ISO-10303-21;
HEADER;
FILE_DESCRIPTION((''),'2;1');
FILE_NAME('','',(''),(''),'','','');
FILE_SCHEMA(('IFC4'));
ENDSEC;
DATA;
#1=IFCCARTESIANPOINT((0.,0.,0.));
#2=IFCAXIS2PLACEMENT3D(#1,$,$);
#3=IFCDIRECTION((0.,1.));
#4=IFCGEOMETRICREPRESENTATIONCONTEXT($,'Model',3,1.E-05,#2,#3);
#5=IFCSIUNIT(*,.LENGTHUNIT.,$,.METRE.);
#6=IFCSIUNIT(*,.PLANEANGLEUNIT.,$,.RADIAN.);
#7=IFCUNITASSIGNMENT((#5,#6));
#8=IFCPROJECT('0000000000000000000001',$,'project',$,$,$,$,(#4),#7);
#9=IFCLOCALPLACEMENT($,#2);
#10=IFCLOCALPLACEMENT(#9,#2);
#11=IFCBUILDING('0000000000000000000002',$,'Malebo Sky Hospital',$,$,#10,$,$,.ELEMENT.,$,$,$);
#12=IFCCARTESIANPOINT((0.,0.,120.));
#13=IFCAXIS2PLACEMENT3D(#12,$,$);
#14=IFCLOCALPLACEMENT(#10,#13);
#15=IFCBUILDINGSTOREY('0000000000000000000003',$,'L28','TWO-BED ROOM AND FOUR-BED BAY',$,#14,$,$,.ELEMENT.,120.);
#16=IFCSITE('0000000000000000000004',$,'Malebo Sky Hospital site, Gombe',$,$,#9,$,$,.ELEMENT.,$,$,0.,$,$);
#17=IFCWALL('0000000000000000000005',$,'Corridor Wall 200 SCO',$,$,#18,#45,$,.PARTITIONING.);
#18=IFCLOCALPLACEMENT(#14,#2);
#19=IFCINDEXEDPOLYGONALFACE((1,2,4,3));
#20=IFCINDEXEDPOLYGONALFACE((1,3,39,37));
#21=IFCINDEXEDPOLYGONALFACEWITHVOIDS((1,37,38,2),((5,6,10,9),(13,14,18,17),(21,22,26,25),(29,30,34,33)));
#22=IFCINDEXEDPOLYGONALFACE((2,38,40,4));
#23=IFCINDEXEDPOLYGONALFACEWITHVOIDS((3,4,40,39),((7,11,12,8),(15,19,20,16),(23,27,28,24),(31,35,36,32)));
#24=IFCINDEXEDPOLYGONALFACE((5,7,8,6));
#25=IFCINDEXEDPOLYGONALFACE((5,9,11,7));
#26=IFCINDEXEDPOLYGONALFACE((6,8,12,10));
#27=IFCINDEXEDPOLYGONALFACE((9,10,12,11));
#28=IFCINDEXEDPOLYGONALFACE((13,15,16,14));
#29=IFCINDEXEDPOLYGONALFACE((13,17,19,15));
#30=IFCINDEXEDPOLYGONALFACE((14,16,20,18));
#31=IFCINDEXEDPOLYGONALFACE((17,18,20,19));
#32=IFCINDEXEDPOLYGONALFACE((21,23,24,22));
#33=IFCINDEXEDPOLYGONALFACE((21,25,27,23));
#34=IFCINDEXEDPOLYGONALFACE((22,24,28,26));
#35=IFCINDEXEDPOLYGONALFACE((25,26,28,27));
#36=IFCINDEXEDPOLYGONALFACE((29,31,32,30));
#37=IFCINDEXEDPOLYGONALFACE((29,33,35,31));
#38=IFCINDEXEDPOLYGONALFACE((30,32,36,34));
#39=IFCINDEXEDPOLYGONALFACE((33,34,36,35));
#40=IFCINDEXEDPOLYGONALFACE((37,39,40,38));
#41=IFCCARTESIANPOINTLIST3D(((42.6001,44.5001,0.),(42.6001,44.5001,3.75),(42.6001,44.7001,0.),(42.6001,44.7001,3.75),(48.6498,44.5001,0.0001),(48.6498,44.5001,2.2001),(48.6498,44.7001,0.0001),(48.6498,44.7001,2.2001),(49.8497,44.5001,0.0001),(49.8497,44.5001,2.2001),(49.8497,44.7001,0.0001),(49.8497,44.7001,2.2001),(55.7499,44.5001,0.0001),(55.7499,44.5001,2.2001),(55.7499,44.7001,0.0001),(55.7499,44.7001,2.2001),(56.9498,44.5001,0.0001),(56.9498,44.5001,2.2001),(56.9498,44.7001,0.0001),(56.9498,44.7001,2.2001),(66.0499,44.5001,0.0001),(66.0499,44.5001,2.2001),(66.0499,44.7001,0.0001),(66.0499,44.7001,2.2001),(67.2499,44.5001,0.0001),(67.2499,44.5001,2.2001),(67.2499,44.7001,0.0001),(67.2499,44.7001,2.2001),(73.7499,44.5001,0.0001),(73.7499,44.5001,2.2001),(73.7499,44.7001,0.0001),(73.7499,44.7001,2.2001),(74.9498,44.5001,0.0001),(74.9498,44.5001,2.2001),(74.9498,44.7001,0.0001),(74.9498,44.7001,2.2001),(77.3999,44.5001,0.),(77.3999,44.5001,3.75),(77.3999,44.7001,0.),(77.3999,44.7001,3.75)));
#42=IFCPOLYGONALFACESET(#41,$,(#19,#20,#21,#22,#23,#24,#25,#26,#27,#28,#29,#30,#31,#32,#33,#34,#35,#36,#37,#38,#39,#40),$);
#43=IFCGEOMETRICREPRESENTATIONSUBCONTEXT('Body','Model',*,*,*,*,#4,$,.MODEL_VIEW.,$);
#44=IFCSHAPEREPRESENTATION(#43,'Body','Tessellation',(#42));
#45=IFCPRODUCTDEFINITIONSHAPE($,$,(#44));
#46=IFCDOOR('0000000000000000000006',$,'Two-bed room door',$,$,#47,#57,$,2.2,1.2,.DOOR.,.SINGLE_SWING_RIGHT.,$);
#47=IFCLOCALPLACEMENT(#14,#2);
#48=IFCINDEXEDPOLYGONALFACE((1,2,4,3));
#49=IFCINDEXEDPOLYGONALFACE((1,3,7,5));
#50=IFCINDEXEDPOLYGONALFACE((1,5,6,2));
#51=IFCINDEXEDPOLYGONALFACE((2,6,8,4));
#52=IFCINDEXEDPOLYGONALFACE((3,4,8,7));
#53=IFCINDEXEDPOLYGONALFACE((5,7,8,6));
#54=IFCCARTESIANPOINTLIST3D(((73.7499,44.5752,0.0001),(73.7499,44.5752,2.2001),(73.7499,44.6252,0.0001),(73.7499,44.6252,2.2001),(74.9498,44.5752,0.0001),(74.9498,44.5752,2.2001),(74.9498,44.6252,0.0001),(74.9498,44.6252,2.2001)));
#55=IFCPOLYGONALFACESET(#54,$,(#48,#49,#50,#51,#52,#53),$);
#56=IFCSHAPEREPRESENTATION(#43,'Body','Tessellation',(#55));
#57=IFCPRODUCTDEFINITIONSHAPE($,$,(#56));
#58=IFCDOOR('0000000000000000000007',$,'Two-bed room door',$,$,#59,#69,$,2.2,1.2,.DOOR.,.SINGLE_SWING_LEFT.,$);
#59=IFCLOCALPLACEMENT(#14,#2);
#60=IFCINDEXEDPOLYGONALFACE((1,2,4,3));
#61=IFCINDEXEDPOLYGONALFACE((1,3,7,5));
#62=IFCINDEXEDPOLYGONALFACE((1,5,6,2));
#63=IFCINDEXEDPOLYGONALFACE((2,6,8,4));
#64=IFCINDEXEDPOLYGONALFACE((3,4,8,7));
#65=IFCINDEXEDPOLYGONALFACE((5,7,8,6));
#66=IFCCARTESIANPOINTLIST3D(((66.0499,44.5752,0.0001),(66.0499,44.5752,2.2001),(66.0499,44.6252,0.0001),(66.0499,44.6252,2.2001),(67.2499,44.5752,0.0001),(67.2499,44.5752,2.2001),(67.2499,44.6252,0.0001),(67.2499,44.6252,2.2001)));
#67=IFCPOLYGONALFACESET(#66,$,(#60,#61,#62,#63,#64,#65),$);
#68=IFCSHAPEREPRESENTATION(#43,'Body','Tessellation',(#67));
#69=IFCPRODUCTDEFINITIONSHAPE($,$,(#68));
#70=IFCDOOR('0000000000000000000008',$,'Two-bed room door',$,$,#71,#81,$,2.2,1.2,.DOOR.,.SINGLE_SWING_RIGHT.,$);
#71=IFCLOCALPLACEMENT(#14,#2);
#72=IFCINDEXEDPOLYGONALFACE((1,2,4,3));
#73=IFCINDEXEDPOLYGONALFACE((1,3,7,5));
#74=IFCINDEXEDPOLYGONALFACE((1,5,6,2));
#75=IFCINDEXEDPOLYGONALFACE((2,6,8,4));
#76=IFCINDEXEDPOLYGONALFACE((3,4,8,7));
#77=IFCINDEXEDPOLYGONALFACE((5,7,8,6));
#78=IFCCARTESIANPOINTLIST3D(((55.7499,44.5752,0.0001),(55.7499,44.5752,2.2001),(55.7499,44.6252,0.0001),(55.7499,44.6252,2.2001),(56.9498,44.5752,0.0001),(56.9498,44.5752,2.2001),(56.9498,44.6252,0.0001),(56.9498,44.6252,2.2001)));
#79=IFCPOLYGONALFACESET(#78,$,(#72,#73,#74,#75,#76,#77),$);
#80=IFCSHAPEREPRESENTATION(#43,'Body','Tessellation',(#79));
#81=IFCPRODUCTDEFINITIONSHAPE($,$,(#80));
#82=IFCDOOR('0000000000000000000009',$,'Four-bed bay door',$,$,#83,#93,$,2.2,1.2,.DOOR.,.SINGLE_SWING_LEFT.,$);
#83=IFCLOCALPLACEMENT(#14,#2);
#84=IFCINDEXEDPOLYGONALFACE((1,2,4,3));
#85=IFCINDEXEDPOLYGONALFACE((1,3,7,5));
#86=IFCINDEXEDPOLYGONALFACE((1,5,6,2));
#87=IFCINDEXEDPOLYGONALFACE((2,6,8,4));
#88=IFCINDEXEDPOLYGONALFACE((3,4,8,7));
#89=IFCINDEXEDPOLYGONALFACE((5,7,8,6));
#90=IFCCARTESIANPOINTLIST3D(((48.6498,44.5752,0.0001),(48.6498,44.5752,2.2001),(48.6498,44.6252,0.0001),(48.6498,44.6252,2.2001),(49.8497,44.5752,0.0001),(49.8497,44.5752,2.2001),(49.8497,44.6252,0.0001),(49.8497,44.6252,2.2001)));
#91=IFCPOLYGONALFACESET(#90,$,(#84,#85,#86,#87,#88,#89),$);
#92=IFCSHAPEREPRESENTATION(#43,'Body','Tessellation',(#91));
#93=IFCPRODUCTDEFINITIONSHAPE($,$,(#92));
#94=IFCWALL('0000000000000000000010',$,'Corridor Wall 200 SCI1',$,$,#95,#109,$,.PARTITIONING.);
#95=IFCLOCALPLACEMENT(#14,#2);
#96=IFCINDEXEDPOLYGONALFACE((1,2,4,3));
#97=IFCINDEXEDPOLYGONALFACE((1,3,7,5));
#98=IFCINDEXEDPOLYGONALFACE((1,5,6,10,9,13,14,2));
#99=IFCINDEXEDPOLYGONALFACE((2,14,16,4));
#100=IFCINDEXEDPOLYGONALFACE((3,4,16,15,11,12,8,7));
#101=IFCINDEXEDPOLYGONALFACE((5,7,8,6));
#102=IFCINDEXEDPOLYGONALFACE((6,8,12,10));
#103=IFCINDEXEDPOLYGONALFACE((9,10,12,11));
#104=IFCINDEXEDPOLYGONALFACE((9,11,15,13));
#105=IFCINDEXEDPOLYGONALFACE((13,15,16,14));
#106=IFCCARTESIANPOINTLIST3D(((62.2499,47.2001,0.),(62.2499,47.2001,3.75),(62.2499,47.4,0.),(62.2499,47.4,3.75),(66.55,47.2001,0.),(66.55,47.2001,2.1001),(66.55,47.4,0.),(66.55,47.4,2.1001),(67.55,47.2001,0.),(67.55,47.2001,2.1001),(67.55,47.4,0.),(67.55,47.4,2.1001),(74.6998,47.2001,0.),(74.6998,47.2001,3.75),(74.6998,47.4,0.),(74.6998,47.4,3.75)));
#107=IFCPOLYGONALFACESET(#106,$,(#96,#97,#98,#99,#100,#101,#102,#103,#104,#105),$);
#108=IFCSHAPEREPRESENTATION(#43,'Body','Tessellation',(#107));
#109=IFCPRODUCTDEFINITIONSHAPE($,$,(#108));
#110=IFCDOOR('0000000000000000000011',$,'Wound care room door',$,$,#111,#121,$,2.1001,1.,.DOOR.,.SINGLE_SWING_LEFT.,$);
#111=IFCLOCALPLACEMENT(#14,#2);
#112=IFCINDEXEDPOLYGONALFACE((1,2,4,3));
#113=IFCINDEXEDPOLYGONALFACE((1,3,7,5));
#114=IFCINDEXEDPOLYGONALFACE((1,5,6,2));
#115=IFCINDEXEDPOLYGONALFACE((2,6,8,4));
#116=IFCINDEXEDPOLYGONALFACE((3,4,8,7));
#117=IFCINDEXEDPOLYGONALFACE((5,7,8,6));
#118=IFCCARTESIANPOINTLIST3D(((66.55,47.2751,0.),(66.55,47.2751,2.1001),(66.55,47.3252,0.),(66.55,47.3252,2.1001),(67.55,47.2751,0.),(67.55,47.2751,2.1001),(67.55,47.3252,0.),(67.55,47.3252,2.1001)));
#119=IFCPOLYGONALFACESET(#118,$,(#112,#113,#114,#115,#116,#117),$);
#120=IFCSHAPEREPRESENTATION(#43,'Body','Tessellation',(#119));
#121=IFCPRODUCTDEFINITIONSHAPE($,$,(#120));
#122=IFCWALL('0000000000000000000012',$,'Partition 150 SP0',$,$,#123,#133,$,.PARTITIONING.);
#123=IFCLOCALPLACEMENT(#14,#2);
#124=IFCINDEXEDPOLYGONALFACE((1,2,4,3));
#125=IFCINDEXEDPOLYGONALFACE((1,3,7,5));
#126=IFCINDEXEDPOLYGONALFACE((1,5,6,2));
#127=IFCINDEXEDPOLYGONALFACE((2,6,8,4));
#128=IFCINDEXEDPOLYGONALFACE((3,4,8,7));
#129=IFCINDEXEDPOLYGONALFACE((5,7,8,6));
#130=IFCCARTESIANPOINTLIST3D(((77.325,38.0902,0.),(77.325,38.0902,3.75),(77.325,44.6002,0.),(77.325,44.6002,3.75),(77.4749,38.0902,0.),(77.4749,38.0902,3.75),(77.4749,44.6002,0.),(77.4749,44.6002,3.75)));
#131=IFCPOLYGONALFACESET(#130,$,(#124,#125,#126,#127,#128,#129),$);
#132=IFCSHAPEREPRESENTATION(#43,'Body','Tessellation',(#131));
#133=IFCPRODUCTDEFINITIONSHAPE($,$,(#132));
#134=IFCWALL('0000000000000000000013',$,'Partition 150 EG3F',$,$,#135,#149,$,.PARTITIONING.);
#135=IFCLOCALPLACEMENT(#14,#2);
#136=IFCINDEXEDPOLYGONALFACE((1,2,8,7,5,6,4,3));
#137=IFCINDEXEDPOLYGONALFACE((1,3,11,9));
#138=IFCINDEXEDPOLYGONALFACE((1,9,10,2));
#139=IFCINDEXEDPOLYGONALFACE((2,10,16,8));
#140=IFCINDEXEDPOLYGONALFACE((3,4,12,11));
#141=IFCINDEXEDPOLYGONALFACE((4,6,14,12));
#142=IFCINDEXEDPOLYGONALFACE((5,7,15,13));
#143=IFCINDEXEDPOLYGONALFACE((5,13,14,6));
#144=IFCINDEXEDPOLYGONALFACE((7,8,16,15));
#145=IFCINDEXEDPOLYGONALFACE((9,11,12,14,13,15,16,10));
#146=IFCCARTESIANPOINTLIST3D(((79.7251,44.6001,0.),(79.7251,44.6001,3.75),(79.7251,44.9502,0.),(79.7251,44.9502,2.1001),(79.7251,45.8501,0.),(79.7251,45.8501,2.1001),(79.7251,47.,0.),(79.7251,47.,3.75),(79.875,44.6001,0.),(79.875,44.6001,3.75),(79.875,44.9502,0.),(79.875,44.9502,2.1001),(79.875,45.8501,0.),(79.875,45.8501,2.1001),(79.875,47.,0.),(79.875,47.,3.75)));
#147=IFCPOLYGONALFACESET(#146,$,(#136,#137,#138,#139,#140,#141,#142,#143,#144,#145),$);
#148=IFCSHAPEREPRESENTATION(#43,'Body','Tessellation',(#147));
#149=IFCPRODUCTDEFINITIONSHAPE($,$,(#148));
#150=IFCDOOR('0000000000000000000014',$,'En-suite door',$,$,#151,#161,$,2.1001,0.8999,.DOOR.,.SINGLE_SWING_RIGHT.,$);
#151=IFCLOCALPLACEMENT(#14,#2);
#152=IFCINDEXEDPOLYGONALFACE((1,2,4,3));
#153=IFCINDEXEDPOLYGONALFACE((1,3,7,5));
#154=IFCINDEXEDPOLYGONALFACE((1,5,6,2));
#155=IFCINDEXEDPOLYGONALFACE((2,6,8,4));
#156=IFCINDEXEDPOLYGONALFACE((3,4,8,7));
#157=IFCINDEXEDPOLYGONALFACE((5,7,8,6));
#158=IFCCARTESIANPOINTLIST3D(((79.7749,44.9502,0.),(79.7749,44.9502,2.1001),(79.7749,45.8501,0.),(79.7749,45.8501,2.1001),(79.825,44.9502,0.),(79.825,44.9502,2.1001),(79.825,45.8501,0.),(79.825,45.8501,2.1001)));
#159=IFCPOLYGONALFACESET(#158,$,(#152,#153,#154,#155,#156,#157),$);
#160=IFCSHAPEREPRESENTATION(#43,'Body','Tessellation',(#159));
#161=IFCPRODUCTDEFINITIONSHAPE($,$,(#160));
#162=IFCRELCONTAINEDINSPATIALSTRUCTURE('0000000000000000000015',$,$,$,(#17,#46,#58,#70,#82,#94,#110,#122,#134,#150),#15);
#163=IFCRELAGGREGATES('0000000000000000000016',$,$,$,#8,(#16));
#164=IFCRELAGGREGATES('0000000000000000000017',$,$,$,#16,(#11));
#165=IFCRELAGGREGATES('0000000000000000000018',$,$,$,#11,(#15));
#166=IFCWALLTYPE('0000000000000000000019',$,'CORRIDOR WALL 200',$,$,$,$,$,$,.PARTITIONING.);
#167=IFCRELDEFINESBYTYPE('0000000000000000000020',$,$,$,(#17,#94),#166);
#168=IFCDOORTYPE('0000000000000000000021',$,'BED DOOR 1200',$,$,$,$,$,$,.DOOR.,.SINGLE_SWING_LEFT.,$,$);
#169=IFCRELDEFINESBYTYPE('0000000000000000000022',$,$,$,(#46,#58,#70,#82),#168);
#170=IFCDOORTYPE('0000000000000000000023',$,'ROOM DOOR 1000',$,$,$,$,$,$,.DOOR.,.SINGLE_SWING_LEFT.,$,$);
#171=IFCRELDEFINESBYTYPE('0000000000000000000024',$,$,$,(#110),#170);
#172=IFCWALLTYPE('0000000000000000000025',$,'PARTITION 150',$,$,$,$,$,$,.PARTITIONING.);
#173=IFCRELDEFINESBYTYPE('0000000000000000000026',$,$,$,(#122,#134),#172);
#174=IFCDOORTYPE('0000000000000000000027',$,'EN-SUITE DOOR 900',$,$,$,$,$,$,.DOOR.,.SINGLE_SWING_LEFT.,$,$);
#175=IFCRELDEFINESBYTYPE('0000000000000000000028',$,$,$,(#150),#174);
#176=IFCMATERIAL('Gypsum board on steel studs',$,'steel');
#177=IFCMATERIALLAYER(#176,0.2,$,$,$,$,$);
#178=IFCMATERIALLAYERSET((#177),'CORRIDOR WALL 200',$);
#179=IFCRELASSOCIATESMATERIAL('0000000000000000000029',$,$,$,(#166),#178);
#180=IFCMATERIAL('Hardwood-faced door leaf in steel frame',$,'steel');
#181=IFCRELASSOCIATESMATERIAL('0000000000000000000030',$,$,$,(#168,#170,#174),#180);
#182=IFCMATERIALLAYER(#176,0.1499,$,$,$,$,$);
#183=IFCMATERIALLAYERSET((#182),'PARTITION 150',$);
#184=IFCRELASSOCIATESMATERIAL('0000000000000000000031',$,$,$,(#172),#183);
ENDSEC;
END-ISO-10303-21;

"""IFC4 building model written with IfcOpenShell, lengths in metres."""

from ifc_helpers import new_model, si_unit, direction, frame, frame_2d, origin, place, context, subcontext, project, spatial, rectangle, extrude, material, layer, layer_set, type_object, element, fill, save


model = new_model("IFC4")

# Units and contexts
model_context = context("Model", 3, precision=1e-05, world=origin(), true_north=direction((0.0, 1.0)))
body_context = subcontext(model_context, "Body", "Model", "MODEL_VIEW")
ifc_project = project(units=[si_unit("LENGTHUNIT", "METRE"), si_unit("PLANEANGLEUNIT", "RADIAN")], contexts=[model_context])

# Site, building, storey
site_placement = place(None, origin())
site = spatial("IfcSite", under=ifc_project, at=site_placement, Name="Malebo Sky Hospital site, Gombe", CompositionType="ELEMENT", RefElevation=0.0)
building_placement = place(site_placement, origin())
building = spatial("IfcBuilding", under=site, at=building_placement, Name="Malebo Sky Hospital", CompositionType="ELEMENT")
storey_placement = place(building_placement, frame((0.0, 0.0, 120.0)))
storey = spatial("IfcBuildingStorey", under=building, at=storey_placement, Name="L28", Description="TWO-BED ROOM AND FOUR-BED BAY", CompositionType="ELEMENT", Elevation=120.0)

# Wall, openings, doors
ifc_material_1 = material(Name="Gypsum board on steel studs", Category="steel")
ifc_layer_1 = layer(ifc_material_1, 0.2)
ifc_layer_set_1 = layer_set([ifc_layer_1], Name="CORRIDOR WALL 200")
wall_type_1 = type_object("IfcWallType", Name="CORRIDOR WALL 200", PredefinedType="PARTITIONING", material=ifc_layer_set_1)
wall_1_placement = place(storey_placement, frame((77.3999, 44.6001, 0.0), z_axis=(0.0, 0.0, 1.0), x_axis=(-1.0, 0.0, 0.0)))
wall_1 = element("IfcWall", 1, at=wall_1_placement, inside=storey, type_object=wall_type_1, Name="Corridor Wall 200 SCO", PredefinedType="PARTITIONING", context=body_context, shape_type="SweptSolid", body=[
    extrude(rectangle(XDim=34.7998, YDim=0.2, at=frame_2d((17.3999, 0.0))), origin(), (0.0, 0.0, 1.0), 3.75),
])
opening_1_placement = place(wall_1_placement, frame((2.45, 0.0, 0.0)))
opening_1 = element("IfcOpeningElement", 2, at=opening_1_placement, cuts=wall_1, PredefinedType="OPENING", context=body_context, shape_type="SweptSolid", body=[
    extrude(rectangle(XDim=1.2, YDim=2.2, at=frame_2d((0.6001, 1.1001))), frame((0.0, 0.1099, 0.0), z_axis=(0.0, -1.0, 0.0), x_axis=(1.0, 0.0, 0.0)), (0.0, 0.0, 1.0), 0.22),
])
opening_2_placement = place(wall_1_placement, frame((10.1499, 0.0, 0.0)))
opening_2 = element("IfcOpeningElement", 3, at=opening_2_placement, cuts=wall_1, PredefinedType="OPENING", context=body_context, shape_type="SweptSolid", body=[
    extrude(rectangle(XDim=1.2, YDim=2.2, at=frame_2d((0.6001, 1.1001))), frame((0.0, 0.1099, 0.0), z_axis=(0.0, -1.0, 0.0), x_axis=(1.0, 0.0, 0.0)), (0.0, 0.0, 1.0), 0.22),
])
opening_3_placement = place(wall_1_placement, frame((20.45, 0.0, 0.0)))
opening_3 = element("IfcOpeningElement", 4, at=opening_3_placement, cuts=wall_1, PredefinedType="OPENING", context=body_context, shape_type="SweptSolid", body=[
    extrude(rectangle(XDim=1.2, YDim=2.2, at=frame_2d((0.6001, 1.1001))), frame((0.0, 0.1099, 0.0), z_axis=(0.0, -1.0, 0.0), x_axis=(1.0, 0.0, 0.0)), (0.0, 0.0, 1.0), 0.22),
])
opening_4_placement = place(wall_1_placement, frame((27.55, 0.0, 0.0)))
opening_4 = element("IfcOpeningElement", 5, at=opening_4_placement, cuts=wall_1, PredefinedType="OPENING", context=body_context, shape_type="SweptSolid", body=[
    extrude(rectangle(XDim=1.2, YDim=2.2, at=frame_2d((0.6001, 1.1001))), frame((0.0, 0.1099, 0.0), z_axis=(0.0, -1.0, 0.0), x_axis=(1.0, 0.0, 0.0)), (0.0, 0.0, 1.0), 0.22),
])
ifc_material_2 = material(Name="Hardwood-faced door leaf in steel frame", Category="steel")
door_type_1 = type_object("IfcDoorType", Name="BED DOOR 1200", OperationType="SINGLE_SWING_LEFT", PredefinedType="DOOR", material=ifc_material_2)
door_1_placement = place(opening_1_placement, origin())
door_1 = element("IfcDoor", 6, at=door_1_placement, inside=storey, type_object=door_type_1, Name="Two-bed room door", OperationType="SINGLE_SWING_RIGHT", OverallHeight=2.2, OverallWidth=1.2, PredefinedType="DOOR", context=body_context, shape_type="SweptSolid", body=[
    extrude(rectangle(XDim=1.2, YDim=2.2, at=frame_2d((0.6001, 1.1001))), frame((0.0, 0.0249, 0.0), z_axis=(0.0, -1.0, 0.0), x_axis=(1.0, 0.0, 0.0)), (0.0, 0.0, 1.0), 0.05),
])
fill(opening_1, door_1)
door_2_placement = place(opening_2_placement, origin())
door_2 = element("IfcDoor", 7, at=door_2_placement, inside=storey, type_object=door_type_1, Name="Two-bed room door", OperationType="SINGLE_SWING_LEFT", OverallHeight=2.2, OverallWidth=1.2, PredefinedType="DOOR", context=body_context, shape_type="SweptSolid", body=[
    extrude(rectangle(XDim=1.2, YDim=2.2, at=frame_2d((0.6001, 1.1001))), frame((0.0, 0.0249, 0.0), z_axis=(0.0, -1.0, 0.0), x_axis=(1.0, 0.0, 0.0)), (0.0, 0.0, 1.0), 0.05),
])
fill(opening_2, door_2)
door_3_placement = place(opening_3_placement, origin())
door_3 = element("IfcDoor", 8, at=door_3_placement, inside=storey, type_object=door_type_1, Name="Two-bed room door", OperationType="SINGLE_SWING_RIGHT", OverallHeight=2.2, OverallWidth=1.2, PredefinedType="DOOR", context=body_context, shape_type="SweptSolid", body=[
    extrude(rectangle(XDim=1.2, YDim=2.2, at=frame_2d((0.6001, 1.1001))), frame((0.0, 0.0249, 0.0), z_axis=(0.0, -1.0, 0.0), x_axis=(1.0, 0.0, 0.0)), (0.0, 0.0, 1.0), 0.05),
])
fill(opening_3, door_3)
door_4_placement = place(opening_4_placement, origin())
door_4 = element("IfcDoor", 9, at=door_4_placement, inside=storey, type_object=door_type_1, Name="Four-bed bay door", OperationType="SINGLE_SWING_LEFT", OverallHeight=2.2, OverallWidth=1.2, PredefinedType="DOOR", context=body_context, shape_type="SweptSolid", body=[
    extrude(rectangle(XDim=1.2, YDim=2.2, at=frame_2d((0.6001, 1.1001))), frame((0.0, 0.0249, 0.0), z_axis=(0.0, -1.0, 0.0), x_axis=(1.0, 0.0, 0.0)), (0.0, 0.0, 1.0), 0.05),
])
fill(opening_4, door_4)

# Wall, opening, door
wall_2_placement = place(storey_placement, frame((74.7, 47.3, 0.0), z_axis=(0.0, 0.0, 1.0), x_axis=(-1.0, 0.0, 0.0)))
wall_2 = element("IfcWall", 10, at=wall_2_placement, inside=storey, type_object=wall_type_1, Name="Corridor Wall 200 SCI1", PredefinedType="PARTITIONING", context=body_context, shape_type="SweptSolid", body=[
    extrude(rectangle(XDim=12.45, YDim=0.2, at=frame_2d((6.2251, 0.0))), origin(), (0.0, 0.0, 1.0), 3.75),
])
opening_5_placement = place(wall_2_placement, frame((7.1499, 0.0, 0.0)))
opening_5 = element("IfcOpeningElement", 11, at=opening_5_placement, cuts=wall_2, PredefinedType="OPENING", context=body_context, shape_type="SweptSolid", body=[
    extrude(rectangle(XDim=1.0, YDim=2.1001, at=frame_2d((0.5, 1.05))), frame((0.0, 0.1099, 0.0), z_axis=(0.0, -1.0, 0.0), x_axis=(1.0, 0.0, 0.0)), (0.0, 0.0, 1.0), 0.22),
])
door_type_2 = type_object("IfcDoorType", Name="ROOM DOOR 1000", OperationType="SINGLE_SWING_LEFT", PredefinedType="DOOR", material=ifc_material_2)
door_5_placement = place(opening_5_placement, origin())
door_5 = element("IfcDoor", 12, at=door_5_placement, inside=storey, type_object=door_type_2, Name="Wound care room door", OperationType="SINGLE_SWING_LEFT", OverallHeight=2.1001, OverallWidth=1.0, PredefinedType="DOOR", context=body_context, shape_type="SweptSolid", body=[
    extrude(rectangle(XDim=1.0, YDim=2.1001, at=frame_2d((0.5, 1.05))), frame((0.0, 0.0249, 0.0), z_axis=(0.0, -1.0, 0.0), x_axis=(1.0, 0.0, 0.0)), (0.0, 0.0, 1.0), 0.05),
])
fill(opening_5, door_5)

# Wall
ifc_layer_2 = layer(ifc_material_1, 0.1499)
ifc_layer_set_2 = layer_set([ifc_layer_2], Name="PARTITION 150")
wall_type_2 = type_object("IfcWallType", Name="PARTITION 150", PredefinedType="PARTITIONING", material=ifc_layer_set_2)
wall_3_placement = place(storey_placement, frame((77.3999, 44.6001, 0.0), z_axis=(0.0, 0.0, 1.0), x_axis=(0.0, -1.0, 0.0)))
element("IfcWall", 13, at=wall_3_placement, inside=storey, type_object=wall_type_2, Name="Partition 150 SP0", PredefinedType="PARTITIONING", context=body_context, shape_type="SweptSolid", body=[
    extrude(rectangle(XDim=6.51, YDim=0.1499, at=frame_2d((3.2549, 0.0))), origin(), (0.0, 0.0, 1.0), 3.75),
])

# Wall, opening, door
wall_4_placement = place(storey_placement, frame((79.8, 47.0, 0.0), z_axis=(0.0, 0.0, 1.0), x_axis=(0.0, -1.0, 0.0)))
wall_4 = element("IfcWall", 14, at=wall_4_placement, inside=storey, type_object=wall_type_2, Name="Partition 150 EG3F", PredefinedType="PARTITIONING", context=body_context, shape_type="SweptSolid", body=[
    extrude(rectangle(XDim=2.3999, YDim=0.1499, at=frame_2d((1.2, 0.0))), origin(), (0.0, 0.0, 1.0), 3.75),
])
opening_6_placement = place(wall_4_placement, frame((1.1499, 0.0, 0.0)))
opening_6 = element("IfcOpeningElement", 15, at=opening_6_placement, cuts=wall_4, PredefinedType="OPENING", context=body_context, shape_type="SweptSolid", body=[
    extrude(rectangle(XDim=0.8999, YDim=2.1001, at=frame_2d((0.45, 1.05))), frame((0.0, 0.085, 0.0), z_axis=(0.0, -1.0, 0.0), x_axis=(1.0, 0.0, 0.0)), (0.0, 0.0, 1.0), 0.1699),
])
door_type_3 = type_object("IfcDoorType", Name="EN-SUITE DOOR 900", OperationType="SINGLE_SWING_LEFT", PredefinedType="DOOR", material=ifc_material_2)
door_6_placement = place(opening_6_placement, origin())
door_6 = element("IfcDoor", 16, at=door_6_placement, inside=storey, type_object=door_type_3, Name="En-suite door", OperationType="SINGLE_SWING_RIGHT", OverallHeight=2.1001, OverallWidth=0.8999, PredefinedType="DOOR", context=body_context, shape_type="SweptSolid", body=[
    extrude(rectangle(XDim=0.8999, YDim=2.1001, at=frame_2d((0.45, 1.05))), frame((0.0, 0.0249, 0.0), z_axis=(0.0, -1.0, 0.0), x_axis=(1.0, 0.0, 0.0)), (0.0, 0.0, 1.0), 0.05),
])
fill(opening_6, door_6)

save(model, "model.ifc")
